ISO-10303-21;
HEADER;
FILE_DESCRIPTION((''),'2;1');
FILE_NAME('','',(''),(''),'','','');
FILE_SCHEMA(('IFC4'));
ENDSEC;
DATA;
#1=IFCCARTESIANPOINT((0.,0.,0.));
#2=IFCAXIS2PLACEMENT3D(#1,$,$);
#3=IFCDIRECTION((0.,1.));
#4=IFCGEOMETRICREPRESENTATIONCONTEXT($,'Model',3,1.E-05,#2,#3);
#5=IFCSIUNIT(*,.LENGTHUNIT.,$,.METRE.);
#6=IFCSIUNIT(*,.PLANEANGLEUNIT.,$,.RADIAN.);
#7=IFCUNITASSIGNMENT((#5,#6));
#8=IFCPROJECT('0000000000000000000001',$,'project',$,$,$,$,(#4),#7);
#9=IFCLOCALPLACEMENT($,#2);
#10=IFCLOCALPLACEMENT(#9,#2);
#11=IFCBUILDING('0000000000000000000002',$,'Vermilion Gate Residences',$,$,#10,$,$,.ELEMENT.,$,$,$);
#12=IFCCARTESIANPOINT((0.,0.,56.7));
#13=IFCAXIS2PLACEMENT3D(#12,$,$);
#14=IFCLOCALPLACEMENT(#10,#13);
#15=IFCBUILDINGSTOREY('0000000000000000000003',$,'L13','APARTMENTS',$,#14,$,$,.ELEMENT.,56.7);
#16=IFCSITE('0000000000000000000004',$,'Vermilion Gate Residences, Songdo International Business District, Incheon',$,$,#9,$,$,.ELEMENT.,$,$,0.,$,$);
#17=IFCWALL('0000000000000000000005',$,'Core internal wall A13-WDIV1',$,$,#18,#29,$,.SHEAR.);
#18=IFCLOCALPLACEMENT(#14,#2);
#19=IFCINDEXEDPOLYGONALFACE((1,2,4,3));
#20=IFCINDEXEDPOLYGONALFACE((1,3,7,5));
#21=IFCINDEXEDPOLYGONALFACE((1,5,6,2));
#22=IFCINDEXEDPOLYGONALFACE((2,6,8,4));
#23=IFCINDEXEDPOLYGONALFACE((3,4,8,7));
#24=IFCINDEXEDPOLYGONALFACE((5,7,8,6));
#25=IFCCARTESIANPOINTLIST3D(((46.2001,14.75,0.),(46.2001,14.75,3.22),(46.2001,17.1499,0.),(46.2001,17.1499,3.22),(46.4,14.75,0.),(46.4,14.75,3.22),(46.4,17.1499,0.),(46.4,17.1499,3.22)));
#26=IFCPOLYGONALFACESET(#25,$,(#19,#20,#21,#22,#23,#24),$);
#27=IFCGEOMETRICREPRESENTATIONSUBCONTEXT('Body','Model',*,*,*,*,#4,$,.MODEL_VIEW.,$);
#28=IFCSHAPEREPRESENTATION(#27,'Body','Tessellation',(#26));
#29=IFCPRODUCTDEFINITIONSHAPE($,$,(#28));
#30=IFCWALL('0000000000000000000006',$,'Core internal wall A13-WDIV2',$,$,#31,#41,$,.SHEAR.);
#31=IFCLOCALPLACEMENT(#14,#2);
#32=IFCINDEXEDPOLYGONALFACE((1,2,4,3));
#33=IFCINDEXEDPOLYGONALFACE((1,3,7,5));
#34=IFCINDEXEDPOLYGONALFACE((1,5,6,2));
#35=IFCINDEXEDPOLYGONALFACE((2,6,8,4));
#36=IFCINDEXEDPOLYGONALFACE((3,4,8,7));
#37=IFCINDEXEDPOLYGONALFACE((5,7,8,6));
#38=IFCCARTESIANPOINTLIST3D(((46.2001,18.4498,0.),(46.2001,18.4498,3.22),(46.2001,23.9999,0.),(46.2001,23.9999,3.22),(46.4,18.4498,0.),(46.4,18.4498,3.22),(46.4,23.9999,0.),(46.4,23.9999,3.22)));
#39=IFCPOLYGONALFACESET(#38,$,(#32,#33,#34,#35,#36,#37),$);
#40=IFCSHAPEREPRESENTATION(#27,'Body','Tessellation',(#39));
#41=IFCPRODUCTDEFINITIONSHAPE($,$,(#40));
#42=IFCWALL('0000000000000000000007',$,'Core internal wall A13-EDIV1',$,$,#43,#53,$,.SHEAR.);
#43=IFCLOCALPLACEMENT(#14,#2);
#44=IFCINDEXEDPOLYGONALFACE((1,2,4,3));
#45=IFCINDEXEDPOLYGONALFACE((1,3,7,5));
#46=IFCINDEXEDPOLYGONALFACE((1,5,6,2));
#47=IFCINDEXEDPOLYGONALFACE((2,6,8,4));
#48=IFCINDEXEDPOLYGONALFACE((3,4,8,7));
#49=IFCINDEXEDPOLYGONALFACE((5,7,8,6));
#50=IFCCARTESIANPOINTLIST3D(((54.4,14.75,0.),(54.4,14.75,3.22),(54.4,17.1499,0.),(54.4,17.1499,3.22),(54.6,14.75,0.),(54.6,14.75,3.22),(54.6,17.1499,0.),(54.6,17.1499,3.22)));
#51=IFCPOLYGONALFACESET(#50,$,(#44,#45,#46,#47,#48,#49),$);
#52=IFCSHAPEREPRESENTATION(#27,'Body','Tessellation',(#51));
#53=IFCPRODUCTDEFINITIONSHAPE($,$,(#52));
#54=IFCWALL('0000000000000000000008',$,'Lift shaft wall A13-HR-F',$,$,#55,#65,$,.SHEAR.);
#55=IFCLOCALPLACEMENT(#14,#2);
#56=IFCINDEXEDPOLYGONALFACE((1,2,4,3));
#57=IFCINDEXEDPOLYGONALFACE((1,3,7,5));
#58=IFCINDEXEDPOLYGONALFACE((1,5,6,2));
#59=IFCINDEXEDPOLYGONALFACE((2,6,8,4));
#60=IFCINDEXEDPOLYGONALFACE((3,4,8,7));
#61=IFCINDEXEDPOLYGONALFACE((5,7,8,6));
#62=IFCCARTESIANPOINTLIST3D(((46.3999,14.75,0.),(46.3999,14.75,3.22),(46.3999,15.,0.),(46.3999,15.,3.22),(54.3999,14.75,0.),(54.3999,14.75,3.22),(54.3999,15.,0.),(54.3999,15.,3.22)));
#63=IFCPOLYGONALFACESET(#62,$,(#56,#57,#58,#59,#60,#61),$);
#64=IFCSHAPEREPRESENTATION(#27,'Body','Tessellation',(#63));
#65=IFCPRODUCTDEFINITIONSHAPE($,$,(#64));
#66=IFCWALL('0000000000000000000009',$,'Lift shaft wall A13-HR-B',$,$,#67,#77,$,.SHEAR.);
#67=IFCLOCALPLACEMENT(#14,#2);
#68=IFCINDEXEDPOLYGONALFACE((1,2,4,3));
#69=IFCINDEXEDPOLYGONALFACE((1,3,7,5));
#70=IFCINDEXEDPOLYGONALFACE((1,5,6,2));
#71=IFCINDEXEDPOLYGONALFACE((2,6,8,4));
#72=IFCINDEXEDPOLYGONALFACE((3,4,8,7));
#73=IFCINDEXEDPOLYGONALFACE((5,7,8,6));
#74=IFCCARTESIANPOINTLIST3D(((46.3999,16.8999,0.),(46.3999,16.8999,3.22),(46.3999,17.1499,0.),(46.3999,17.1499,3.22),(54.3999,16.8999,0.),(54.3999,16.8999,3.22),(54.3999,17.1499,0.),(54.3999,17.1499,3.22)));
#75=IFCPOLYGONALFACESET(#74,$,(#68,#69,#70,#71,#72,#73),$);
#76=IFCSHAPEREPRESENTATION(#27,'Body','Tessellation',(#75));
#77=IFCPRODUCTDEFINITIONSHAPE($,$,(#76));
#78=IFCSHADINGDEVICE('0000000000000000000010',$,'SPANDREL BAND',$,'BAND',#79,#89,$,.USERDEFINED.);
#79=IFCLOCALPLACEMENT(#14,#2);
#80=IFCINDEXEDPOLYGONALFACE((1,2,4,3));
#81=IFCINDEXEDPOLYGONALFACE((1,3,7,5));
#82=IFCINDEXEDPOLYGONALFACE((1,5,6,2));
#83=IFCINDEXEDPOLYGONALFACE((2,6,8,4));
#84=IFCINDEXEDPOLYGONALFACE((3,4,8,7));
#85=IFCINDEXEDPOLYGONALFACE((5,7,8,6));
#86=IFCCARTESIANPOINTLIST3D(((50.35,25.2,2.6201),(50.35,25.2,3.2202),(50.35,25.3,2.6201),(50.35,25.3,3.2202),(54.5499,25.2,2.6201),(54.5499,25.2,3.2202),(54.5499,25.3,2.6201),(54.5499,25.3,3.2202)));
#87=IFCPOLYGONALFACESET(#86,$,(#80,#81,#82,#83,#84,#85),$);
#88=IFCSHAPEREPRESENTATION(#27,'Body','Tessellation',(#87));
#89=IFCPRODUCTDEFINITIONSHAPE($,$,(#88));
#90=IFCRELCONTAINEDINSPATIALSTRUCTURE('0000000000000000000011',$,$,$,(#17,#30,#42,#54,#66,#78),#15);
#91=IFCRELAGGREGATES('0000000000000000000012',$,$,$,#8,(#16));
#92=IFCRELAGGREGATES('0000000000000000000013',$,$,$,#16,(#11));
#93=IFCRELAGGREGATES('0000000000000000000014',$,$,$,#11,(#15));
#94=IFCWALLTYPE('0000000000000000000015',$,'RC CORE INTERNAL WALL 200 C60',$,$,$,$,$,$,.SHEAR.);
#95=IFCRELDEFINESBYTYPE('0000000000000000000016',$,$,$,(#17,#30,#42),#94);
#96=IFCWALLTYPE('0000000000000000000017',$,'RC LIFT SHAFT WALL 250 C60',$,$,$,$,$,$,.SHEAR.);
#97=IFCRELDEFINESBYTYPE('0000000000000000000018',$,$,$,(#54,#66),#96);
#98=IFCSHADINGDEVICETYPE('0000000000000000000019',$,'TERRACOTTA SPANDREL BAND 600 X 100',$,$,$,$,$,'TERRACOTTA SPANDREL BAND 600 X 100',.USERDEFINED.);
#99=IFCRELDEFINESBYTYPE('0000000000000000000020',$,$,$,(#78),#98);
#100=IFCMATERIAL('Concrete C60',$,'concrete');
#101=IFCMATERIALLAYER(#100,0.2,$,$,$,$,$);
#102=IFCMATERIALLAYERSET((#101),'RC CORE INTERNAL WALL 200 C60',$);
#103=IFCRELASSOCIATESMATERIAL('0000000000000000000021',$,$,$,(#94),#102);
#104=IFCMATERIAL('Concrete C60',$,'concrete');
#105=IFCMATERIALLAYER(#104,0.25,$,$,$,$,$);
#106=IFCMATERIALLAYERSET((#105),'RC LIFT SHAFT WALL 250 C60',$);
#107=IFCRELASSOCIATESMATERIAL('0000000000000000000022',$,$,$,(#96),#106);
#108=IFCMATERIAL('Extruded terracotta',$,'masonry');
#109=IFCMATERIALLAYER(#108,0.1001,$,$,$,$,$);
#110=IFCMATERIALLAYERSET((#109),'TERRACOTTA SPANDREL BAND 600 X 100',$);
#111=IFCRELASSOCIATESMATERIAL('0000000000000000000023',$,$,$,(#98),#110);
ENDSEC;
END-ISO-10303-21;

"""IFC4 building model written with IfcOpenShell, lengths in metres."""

from ifc_helpers import new_model, si_unit, direction, frame, frame_2d, origin, origin_2d, place, context, subcontext, project, spatial, rectangle, extrude, material, layer, layer_set, type_object, element, save


model = new_model("IFC4")

# Units and contexts
model_context = context("Model", 3, precision=1e-05, world=origin(), true_north=direction((0.0, 1.0)))
body_context = subcontext(model_context, "Body", "Model", "MODEL_VIEW")
ifc_project = project(units=[si_unit("LENGTHUNIT", "METRE"), si_unit("PLANEANGLEUNIT", "RADIAN")], contexts=[model_context])

# Site, building, storey
site_placement = place(None, origin())
site = spatial("IfcSite", under=ifc_project, at=site_placement, Name="Vermilion Gate Residences, Songdo International Business District, Incheon", CompositionType="ELEMENT", RefElevation=0.0)
building_placement = place(site_placement, origin())
building = spatial("IfcBuilding", under=site, at=building_placement, Name="Vermilion Gate Residences", CompositionType="ELEMENT")
storey_placement = place(building_placement, frame((0.0, 0.0, 56.7)))
storey = spatial("IfcBuildingStorey", under=building, at=storey_placement, Name="L13", Description="APARTMENTS", CompositionType="ELEMENT", Elevation=56.7)

# Shared definitions
ifc_material_1 = material(Name="Concrete C60", Category="concrete")
ifc_layer_1 = layer(ifc_material_1, 0.2)
ifc_layer_set_1 = layer_set([ifc_layer_1], Name="RC CORE INTERNAL WALL 200 C60")
wall_type_1 = type_object("IfcWallType", Name="RC CORE INTERNAL WALL 200 C60", PredefinedType="SHEAR", material=ifc_layer_set_1)

# Walls
wall_1_placement = place(storey_placement, frame((46.3, 14.75, 0.0), z_axis=(0.0, 0.0, 1.0), x_axis=(0.0, 1.0, 0.0)))
element("IfcWall", 1, at=wall_1_placement, inside=storey, type_object=wall_type_1, Name="Core internal wall A13-WDIV1", PredefinedType="SHEAR", context=body_context, shape_type="SweptSolid", body=[
    extrude(rectangle(XDim=2.3999, YDim=0.2, at=frame_2d((1.2, 0.0))), origin(), (0.0, 0.0, 1.0), 3.22),
])
wall_2_placement = place(storey_placement, frame((46.3, 18.45, 0.0), z_axis=(0.0, 0.0, 1.0), x_axis=(0.0, 1.0, 0.0)))
element("IfcWall", 2, at=wall_2_placement, inside=storey, type_object=wall_type_1, Name="Core internal wall A13-WDIV2", PredefinedType="SHEAR", context=body_context, shape_type="SweptSolid", body=[
    extrude(rectangle(XDim=5.55, YDim=0.2, at=frame_2d((2.7749, 0.0))), origin(), (0.0, 0.0, 1.0), 3.22),
])
wall_3_placement = place(storey_placement, frame((54.5, 14.75, 0.0), z_axis=(0.0, 0.0, 1.0), x_axis=(0.0, 1.0, 0.0)))
element("IfcWall", 3, at=wall_3_placement, inside=storey, type_object=wall_type_1, Name="Core internal wall A13-EDIV1", PredefinedType="SHEAR", context=body_context, shape_type="SweptSolid", body=[
    extrude(rectangle(XDim=2.3999, YDim=0.2, at=frame_2d((1.2, 0.0))), origin(), (0.0, 0.0, 1.0), 3.22),
])
ifc_material_2 = material(Name="Concrete C60", Category="concrete")
ifc_layer_2 = layer(ifc_material_2, 0.25)
ifc_layer_set_2 = layer_set([ifc_layer_2], Name="RC LIFT SHAFT WALL 250 C60")
wall_type_2 = type_object("IfcWallType", Name="RC LIFT SHAFT WALL 250 C60", PredefinedType="SHEAR", material=ifc_layer_set_2)
for number, where, z_axis, x_axis, name in (
    (4, (46.3999, 14.875, 0.0), (0.0, 0.0, 1.0), (1.0, 0.0, 0.0), "Lift shaft wall A13-HR-F"),
    (5, (46.3999, 17.0249, 0.0), (0.0, 0.0, 1.0), (1.0, 0.0, 0.0), "Lift shaft wall A13-HR-B"),
):
    element("IfcWall", number, at=place(storey_placement, frame(where, z_axis=z_axis, x_axis=x_axis)), inside=storey, type_object=wall_type_2, Name=name, PredefinedType="SHEAR", context=body_context, shape_type="SweptSolid", body=[
        extrude(rectangle(XDim=8.0, YDim=0.25, at=frame_2d((4.0, 0.0))), origin(), (0.0, 0.0, 1.0), 3.22),
    ])

# Shading device
ifc_material_3 = material(Name="Extruded terracotta", Category="masonry")
ifc_layer_3 = layer(ifc_material_3, 0.1001)
ifc_layer_set_3 = layer_set([ifc_layer_3], Name="TERRACOTTA SPANDREL BAND 600 X 100")
shading_device_type = type_object("IfcShadingDeviceType", Name="TERRACOTTA SPANDREL BAND 600 X 100", ElementType="TERRACOTTA SPANDREL BAND 600 X 100", PredefinedType="USERDEFINED", material=ifc_layer_set_3)
shading_device_placement = place(storey_placement, frame((52.45, 25.25, 2.6201), z_axis=(0.0, 0.0, 1.0), x_axis=(1.0, 0.0, 0.0)))
element("IfcShadingDevice", 6, at=shading_device_placement, inside=storey, type_object=shading_device_type, Name="SPANDREL BAND", ObjectType="BAND", PredefinedType="USERDEFINED", context=body_context, shape_type="SweptSolid", body=[
    extrude(rectangle(XDim=4.2, YDim=0.1001, at=origin_2d()), origin(), (0.0, 0.0, 1.0), 0.6001),
])

save(model, "model.ifc")
